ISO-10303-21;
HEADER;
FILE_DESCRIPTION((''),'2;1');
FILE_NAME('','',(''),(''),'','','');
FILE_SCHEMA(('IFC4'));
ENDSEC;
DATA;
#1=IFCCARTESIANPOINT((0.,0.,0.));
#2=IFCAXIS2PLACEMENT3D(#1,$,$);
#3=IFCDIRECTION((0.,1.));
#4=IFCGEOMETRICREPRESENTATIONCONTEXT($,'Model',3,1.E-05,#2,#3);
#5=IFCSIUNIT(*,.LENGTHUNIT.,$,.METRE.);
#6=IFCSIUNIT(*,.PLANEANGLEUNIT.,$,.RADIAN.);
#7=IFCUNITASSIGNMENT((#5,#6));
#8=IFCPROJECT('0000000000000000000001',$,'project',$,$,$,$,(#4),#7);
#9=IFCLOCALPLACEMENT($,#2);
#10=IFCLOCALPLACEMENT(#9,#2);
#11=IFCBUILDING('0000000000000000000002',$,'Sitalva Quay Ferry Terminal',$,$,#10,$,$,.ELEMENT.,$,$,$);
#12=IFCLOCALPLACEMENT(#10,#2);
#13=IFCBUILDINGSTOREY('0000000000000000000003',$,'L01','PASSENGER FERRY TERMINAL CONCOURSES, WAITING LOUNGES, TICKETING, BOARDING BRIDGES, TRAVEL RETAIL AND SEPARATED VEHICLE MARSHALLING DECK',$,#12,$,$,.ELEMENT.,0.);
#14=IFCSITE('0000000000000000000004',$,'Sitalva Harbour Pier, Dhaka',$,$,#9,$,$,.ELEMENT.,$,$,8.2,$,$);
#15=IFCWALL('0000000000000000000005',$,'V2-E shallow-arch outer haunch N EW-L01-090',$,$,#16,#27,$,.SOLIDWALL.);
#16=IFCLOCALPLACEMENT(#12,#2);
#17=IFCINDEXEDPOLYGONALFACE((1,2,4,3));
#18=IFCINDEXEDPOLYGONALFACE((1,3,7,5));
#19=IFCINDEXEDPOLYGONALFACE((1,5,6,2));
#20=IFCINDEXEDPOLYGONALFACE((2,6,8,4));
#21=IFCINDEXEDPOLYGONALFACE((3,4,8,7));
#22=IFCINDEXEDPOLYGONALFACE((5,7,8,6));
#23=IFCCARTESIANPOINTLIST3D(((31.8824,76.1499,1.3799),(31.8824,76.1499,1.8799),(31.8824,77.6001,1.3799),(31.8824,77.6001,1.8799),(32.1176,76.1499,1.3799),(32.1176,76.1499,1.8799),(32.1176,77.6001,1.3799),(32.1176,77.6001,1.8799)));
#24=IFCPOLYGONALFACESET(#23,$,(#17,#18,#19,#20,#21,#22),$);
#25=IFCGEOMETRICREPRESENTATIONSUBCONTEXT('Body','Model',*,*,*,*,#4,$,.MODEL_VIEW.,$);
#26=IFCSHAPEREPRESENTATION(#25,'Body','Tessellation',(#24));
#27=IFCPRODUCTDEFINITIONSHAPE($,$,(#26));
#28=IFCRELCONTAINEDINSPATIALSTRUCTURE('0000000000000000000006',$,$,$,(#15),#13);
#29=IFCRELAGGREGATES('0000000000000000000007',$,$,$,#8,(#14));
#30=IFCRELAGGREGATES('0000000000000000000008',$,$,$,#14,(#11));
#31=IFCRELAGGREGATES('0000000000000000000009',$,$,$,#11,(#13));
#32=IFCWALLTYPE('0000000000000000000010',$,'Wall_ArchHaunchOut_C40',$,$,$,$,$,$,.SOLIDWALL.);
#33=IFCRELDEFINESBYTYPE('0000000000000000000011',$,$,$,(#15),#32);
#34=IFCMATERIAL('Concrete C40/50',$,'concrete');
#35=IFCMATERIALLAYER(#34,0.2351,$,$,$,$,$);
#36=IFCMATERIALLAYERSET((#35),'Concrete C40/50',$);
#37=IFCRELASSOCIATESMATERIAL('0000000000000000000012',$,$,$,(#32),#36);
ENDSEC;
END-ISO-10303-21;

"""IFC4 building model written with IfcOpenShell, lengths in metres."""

from ifc_helpers import new_model, si_unit, direction, frame, frame_2d, origin, place, context, subcontext, project, spatial, rectangle, extrude, material, layer, layer_set, type_object, element, save


model = new_model("IFC4")

# Units and contexts
model_context = context("Model", 3, precision=1e-05, world=origin(), true_north=direction((0.0, 1.0)))
body_context = subcontext(model_context, "Body", "Model", "MODEL_VIEW")
ifc_project = project(units=[si_unit("LENGTHUNIT", "METRE"), si_unit("PLANEANGLEUNIT", "RADIAN")], contexts=[model_context])

# Site, building, storey
site_placement = place(None, origin())
site = spatial("IfcSite", under=ifc_project, at=site_placement, Name="Sitalva Harbour Pier, Dhaka", CompositionType="ELEMENT", RefElevation=8.2)
building_placement = place(site_placement, origin())
building = spatial("IfcBuilding", under=site, at=building_placement, Name="Sitalva Quay Ferry Terminal", CompositionType="ELEMENT")
storey_placement = place(building_placement, origin())
storey = spatial("IfcBuildingStorey", under=building, at=storey_placement, Name="L01", Description="PASSENGER FERRY TERMINAL CONCOURSES, WAITING LOUNGES, TICKETING, BOARDING BRIDGES, TRAVEL RETAIL AND SEPARATED VEHICLE MARSHALLING DECK", CompositionType="ELEMENT", Elevation=0.0)

# Wall
ifc_material_1 = material(Name="Concrete C40/50", Category="concrete")
ifc_layer_1 = layer(ifc_material_1, 0.2351)
ifc_layer_set_1 = layer_set([ifc_layer_1], Name="Concrete C40/50")
wall_type_1 = type_object("IfcWallType", Name="Wall_ArchHaunchOut_C40", PredefinedType="SOLIDWALL", material=ifc_layer_set_1)
wall_1_placement = place(storey_placement, frame((32.0, 76.1499, 1.3799), z_axis=(0.0, 0.0, 1.0), x_axis=(0.0, 1.0, 0.0)))
element("IfcWall", 1, at=wall_1_placement, inside=storey, type_object=wall_type_1, Name="V2-E shallow-arch outer haunch N EW-L01-090", PredefinedType="SOLIDWALL", context=body_context, shape_type="SweptSolid", body=[
    extrude(rectangle(XDim=1.4502, YDim=0.2351, at=frame_2d((0.7251, 0.0))), origin(), (0.0, 0.0, 1.0), 0.5),
])

save(model, "model.ifc")
